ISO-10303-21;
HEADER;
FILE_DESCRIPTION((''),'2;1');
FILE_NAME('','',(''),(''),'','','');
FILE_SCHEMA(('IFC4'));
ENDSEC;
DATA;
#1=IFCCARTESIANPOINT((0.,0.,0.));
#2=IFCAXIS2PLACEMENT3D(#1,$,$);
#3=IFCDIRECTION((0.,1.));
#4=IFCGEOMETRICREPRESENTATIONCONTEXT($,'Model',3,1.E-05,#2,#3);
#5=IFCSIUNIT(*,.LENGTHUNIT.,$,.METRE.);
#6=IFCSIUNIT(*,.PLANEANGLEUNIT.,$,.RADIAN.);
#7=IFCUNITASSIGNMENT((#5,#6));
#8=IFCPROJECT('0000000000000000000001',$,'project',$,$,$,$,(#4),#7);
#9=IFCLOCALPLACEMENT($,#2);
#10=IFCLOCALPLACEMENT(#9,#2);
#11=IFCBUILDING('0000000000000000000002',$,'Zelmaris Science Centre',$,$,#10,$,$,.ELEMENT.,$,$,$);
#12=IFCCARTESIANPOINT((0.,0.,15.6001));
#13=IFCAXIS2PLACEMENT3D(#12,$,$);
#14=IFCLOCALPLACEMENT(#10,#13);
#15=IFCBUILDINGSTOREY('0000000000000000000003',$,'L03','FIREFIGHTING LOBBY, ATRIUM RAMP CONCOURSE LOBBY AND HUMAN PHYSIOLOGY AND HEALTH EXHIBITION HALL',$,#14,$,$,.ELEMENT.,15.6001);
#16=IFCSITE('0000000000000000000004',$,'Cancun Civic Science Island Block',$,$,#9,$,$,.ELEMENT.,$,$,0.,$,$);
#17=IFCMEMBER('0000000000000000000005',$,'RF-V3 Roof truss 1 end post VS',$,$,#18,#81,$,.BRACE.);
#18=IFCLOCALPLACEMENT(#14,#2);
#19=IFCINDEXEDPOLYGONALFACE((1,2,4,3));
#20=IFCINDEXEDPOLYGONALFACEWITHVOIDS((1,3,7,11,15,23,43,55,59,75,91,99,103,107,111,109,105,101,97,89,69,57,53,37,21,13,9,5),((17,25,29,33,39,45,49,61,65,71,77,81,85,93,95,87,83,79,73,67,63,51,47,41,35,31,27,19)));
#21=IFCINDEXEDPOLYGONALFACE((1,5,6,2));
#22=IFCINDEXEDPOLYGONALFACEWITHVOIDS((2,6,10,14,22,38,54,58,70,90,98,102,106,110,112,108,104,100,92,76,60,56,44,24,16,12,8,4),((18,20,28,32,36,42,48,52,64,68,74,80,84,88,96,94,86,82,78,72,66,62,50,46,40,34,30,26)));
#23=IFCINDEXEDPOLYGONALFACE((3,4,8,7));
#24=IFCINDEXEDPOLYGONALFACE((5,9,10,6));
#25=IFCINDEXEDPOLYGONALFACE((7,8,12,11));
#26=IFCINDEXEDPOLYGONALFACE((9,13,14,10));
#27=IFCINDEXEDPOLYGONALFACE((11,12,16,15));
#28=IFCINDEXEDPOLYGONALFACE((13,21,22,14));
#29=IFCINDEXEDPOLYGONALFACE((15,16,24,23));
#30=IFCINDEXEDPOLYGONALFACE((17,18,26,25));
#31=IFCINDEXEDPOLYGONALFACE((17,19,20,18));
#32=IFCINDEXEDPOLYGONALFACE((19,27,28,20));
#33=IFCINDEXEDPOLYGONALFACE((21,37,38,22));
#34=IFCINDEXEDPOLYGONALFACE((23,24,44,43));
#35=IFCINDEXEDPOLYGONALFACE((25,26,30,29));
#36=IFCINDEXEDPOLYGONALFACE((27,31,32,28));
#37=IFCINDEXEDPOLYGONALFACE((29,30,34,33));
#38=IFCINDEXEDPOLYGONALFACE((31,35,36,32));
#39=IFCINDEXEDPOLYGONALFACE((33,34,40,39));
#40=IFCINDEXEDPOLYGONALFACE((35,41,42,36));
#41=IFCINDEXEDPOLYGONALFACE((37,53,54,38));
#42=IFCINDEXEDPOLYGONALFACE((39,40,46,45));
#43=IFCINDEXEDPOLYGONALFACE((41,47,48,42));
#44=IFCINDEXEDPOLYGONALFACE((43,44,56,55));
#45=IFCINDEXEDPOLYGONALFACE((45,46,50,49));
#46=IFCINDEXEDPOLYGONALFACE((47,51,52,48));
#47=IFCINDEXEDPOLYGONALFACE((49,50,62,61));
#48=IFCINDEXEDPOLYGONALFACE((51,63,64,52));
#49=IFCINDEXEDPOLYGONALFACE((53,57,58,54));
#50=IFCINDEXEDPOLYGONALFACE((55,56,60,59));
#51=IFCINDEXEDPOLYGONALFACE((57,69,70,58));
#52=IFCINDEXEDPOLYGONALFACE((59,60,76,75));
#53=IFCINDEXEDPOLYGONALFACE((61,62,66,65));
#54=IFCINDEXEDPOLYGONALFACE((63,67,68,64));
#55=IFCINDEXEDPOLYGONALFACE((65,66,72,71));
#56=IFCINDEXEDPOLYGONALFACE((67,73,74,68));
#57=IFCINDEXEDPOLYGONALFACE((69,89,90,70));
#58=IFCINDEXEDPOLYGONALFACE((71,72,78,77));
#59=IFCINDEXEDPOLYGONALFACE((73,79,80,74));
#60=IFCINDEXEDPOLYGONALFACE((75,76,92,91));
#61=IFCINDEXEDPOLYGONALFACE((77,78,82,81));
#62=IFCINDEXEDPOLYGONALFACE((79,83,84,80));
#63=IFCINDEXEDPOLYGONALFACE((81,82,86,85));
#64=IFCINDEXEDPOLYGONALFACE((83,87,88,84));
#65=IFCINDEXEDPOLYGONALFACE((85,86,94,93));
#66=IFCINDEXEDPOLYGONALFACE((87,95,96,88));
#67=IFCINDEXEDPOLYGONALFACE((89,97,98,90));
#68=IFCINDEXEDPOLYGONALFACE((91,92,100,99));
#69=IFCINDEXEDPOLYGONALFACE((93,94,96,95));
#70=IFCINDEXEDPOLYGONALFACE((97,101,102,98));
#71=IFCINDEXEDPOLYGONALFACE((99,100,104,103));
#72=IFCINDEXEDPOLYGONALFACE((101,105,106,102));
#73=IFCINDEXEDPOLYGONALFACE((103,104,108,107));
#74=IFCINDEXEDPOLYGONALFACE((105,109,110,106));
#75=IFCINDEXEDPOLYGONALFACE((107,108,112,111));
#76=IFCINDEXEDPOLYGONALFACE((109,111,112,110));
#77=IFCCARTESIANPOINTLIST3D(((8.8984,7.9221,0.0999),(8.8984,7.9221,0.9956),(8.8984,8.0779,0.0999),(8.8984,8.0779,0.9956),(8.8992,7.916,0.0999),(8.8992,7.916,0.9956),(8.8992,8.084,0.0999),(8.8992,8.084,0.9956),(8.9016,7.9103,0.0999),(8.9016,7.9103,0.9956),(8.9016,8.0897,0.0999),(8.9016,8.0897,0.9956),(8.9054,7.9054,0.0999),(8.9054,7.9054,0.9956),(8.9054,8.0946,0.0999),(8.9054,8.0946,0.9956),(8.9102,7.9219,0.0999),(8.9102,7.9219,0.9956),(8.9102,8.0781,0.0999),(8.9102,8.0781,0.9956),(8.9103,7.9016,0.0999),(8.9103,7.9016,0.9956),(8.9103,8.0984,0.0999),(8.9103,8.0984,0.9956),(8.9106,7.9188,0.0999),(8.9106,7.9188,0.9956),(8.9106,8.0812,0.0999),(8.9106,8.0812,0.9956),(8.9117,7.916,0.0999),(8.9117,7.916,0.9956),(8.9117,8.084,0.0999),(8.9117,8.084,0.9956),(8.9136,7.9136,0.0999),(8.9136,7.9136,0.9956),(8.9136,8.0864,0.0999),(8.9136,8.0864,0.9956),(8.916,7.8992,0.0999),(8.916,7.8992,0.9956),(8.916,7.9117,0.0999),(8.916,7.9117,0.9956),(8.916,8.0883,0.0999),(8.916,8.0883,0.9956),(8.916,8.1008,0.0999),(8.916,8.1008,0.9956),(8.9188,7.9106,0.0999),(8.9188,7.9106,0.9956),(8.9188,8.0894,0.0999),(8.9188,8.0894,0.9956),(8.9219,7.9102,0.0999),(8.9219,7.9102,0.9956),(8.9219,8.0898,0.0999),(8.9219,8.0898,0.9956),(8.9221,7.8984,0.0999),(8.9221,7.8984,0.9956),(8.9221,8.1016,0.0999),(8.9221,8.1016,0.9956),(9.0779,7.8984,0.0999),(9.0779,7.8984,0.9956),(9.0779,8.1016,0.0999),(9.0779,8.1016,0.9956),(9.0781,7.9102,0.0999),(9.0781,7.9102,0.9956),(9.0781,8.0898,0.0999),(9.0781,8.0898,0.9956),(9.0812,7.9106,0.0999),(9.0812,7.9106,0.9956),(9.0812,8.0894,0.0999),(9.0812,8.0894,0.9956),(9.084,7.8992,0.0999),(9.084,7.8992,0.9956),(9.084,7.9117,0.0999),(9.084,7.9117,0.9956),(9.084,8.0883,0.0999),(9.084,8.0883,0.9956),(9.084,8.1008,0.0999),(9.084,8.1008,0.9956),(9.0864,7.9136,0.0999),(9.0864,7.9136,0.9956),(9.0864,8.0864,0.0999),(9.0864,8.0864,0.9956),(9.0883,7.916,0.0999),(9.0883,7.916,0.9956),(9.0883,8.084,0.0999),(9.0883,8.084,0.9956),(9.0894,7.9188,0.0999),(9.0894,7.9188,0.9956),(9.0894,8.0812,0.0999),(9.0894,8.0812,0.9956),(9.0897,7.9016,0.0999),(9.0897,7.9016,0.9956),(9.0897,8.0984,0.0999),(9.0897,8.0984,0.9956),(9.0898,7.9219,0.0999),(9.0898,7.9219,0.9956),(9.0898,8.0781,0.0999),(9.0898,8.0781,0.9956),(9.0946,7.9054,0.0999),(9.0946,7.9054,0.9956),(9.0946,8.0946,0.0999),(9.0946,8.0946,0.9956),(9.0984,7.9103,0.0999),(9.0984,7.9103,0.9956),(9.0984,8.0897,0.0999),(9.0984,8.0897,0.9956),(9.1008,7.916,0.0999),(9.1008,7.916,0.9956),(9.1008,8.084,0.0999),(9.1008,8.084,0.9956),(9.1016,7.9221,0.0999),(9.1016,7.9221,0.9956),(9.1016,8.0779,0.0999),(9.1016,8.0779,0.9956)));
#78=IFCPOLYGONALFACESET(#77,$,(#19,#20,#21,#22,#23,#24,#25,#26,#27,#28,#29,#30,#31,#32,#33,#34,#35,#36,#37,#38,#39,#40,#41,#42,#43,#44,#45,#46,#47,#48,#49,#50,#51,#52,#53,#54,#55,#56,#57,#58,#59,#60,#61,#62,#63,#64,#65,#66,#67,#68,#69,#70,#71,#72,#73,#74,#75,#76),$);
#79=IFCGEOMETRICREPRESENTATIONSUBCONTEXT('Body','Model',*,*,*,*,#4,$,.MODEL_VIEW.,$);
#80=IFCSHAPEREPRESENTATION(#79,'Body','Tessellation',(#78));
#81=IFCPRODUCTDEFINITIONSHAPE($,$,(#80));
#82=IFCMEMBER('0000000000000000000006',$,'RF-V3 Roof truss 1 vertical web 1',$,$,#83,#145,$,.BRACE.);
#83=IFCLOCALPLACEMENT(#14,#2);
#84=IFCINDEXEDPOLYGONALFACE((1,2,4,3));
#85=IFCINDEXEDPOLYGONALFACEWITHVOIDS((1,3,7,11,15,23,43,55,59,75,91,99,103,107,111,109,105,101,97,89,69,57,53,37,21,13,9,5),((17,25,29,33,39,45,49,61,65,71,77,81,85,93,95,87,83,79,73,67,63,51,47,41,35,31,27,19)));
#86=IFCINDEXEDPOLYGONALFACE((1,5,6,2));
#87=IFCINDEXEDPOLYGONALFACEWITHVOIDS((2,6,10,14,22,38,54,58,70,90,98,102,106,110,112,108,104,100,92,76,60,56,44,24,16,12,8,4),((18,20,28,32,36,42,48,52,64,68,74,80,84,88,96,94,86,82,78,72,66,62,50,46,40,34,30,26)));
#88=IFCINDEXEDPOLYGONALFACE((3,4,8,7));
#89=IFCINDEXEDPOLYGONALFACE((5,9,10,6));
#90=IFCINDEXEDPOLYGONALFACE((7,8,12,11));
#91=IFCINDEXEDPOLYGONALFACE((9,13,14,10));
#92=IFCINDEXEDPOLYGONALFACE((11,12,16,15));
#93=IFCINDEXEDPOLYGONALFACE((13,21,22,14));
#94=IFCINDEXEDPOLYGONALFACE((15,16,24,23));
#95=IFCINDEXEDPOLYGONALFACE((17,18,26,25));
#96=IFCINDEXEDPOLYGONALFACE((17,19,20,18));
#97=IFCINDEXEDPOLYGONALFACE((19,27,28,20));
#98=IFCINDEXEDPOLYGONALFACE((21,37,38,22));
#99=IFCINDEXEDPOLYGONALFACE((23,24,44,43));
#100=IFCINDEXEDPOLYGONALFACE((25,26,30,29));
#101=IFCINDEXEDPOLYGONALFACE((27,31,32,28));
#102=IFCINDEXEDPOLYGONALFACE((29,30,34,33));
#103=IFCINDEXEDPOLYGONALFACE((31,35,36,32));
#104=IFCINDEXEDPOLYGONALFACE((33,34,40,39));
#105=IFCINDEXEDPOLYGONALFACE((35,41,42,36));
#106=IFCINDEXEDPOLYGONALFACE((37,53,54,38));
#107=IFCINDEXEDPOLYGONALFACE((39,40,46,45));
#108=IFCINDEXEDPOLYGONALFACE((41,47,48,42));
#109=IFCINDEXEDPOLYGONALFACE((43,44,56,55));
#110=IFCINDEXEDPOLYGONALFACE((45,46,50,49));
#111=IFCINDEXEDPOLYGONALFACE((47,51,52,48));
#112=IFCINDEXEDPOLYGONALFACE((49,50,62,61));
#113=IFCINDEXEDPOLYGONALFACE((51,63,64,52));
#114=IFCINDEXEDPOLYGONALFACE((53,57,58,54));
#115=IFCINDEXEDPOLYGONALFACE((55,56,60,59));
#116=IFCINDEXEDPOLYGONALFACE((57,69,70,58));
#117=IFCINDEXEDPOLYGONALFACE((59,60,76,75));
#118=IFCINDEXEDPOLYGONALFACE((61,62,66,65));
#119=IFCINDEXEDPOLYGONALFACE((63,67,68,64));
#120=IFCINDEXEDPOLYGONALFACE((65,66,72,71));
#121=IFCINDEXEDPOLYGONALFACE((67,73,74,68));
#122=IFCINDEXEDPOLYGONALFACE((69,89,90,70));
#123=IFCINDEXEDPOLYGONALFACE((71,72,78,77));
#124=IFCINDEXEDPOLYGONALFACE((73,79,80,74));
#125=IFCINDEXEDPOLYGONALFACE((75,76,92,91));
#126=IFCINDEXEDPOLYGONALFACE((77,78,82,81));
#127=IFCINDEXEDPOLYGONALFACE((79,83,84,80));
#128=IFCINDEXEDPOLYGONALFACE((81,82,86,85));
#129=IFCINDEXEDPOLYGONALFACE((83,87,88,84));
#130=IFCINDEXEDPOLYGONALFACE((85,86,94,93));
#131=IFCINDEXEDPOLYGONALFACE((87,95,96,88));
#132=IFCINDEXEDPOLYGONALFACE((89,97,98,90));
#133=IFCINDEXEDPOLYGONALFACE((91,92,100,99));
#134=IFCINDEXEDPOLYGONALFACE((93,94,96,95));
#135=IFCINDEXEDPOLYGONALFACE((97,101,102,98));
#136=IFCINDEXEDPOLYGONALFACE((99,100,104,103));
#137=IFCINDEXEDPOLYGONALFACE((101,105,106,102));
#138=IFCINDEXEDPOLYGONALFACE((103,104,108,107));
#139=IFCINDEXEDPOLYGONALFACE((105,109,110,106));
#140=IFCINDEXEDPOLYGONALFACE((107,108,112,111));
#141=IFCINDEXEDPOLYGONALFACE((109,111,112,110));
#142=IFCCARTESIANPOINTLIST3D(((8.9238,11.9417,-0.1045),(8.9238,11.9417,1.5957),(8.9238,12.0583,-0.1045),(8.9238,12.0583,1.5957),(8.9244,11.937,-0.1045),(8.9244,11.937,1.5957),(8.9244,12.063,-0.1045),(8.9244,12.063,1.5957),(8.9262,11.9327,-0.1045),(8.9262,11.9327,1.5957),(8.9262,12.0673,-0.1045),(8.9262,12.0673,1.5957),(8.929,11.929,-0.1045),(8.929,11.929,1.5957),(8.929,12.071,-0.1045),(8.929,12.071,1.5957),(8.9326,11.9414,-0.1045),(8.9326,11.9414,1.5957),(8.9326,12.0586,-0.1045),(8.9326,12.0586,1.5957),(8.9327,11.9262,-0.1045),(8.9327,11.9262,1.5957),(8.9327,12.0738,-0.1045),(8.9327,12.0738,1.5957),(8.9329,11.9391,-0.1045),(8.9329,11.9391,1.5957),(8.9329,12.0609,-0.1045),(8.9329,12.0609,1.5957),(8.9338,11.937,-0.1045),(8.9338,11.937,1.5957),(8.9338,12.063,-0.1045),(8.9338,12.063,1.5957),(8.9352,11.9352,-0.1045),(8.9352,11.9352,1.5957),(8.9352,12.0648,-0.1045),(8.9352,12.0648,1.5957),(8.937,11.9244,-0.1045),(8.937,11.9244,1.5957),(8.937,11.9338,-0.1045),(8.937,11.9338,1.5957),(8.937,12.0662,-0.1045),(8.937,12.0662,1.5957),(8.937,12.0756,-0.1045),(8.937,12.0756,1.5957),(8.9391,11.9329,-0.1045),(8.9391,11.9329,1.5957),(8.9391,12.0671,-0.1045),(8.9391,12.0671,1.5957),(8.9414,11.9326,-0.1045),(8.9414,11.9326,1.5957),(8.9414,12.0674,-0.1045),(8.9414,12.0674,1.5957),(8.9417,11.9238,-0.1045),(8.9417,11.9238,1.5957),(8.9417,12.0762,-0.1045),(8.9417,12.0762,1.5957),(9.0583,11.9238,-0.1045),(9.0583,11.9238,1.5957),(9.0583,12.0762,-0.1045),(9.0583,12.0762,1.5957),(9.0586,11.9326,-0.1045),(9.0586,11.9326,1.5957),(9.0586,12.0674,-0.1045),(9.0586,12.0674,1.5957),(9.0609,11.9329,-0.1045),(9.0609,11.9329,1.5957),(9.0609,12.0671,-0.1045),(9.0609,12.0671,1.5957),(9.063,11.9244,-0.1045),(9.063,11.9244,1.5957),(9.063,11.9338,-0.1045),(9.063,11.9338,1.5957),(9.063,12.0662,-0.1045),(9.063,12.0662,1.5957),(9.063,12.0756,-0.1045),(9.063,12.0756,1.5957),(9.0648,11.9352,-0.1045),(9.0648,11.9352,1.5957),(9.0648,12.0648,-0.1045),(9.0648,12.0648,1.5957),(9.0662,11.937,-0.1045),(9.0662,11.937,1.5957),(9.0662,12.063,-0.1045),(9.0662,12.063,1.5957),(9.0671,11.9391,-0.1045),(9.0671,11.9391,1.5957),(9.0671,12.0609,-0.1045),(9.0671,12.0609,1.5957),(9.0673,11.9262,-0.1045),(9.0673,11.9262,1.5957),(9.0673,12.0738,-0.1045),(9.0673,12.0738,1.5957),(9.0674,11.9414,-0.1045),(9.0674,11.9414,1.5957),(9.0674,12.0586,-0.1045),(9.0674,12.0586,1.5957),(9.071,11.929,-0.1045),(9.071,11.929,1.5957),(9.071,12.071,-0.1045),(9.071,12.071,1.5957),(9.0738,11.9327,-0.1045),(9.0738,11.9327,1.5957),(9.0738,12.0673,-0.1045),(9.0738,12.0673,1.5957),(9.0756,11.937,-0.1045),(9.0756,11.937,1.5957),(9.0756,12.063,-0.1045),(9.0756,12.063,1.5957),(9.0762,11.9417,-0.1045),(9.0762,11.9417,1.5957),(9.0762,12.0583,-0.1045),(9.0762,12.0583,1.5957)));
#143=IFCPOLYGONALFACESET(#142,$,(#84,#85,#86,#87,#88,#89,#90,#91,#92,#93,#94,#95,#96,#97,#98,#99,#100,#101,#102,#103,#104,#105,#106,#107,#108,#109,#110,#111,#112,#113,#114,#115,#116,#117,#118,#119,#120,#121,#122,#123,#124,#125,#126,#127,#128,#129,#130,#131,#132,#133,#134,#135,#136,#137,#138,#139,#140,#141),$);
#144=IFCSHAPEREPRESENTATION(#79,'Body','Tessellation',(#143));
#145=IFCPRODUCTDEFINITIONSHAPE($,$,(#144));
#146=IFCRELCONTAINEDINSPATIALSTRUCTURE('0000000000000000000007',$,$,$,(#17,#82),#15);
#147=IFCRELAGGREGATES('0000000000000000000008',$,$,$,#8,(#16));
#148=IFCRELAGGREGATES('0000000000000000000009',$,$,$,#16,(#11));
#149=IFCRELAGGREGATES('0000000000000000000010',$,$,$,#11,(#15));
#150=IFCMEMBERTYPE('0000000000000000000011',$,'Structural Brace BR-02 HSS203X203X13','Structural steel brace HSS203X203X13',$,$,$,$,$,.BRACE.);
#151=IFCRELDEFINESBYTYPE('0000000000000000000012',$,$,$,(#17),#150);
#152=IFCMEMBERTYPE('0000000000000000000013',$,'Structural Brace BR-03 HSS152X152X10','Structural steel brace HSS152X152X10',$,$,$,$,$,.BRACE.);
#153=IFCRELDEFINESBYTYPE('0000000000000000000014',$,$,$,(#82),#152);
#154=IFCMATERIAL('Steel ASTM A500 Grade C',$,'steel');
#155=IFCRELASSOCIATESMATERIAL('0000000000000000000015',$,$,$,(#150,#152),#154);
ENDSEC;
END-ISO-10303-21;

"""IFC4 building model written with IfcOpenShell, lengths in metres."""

from ifc_helpers import new_model, si_unit, direction, frame, origin, origin_2d, place, context, subcontext, project, spatial, hollow_rectangle, extrude, material, material_profile, profile_set, type_object, element, save


model = new_model("IFC4")

# Units and contexts
model_context = context("Model", 3, precision=1e-05, world=origin(), true_north=direction((0.0, 1.0)))
body_context = subcontext(model_context, "Body", "Model", "MODEL_VIEW")
ifc_project = project(units=[si_unit("LENGTHUNIT", "METRE"), si_unit("PLANEANGLEUNIT", "RADIAN")], contexts=[model_context])

# Site, building, storey
site_placement = place(None, origin())
site = spatial("IfcSite", under=ifc_project, at=site_placement, Name="Cancun Civic Science Island Block", CompositionType="ELEMENT", RefElevation=0.0)
building_placement = place(site_placement, origin())
building = spatial("IfcBuilding", under=site, at=building_placement, Name="Zelmaris Science Centre", CompositionType="ELEMENT")
storey_placement = place(building_placement, frame((0.0, 0.0, 15.6001)))
storey = spatial("IfcBuildingStorey", under=building, at=storey_placement, Name="L03", Description="FIREFIGHTING LOBBY, ATRIUM RAMP CONCOURSE LOBBY AND HUMAN PHYSIOLOGY AND HEALTH EXHIBITION HALL", CompositionType="ELEMENT", Elevation=15.6001)

# Shared definitions
ifc_material_1 = material(Name="Steel ASTM A500 Grade C", Category="steel")

# Members
ifc_material_profile_1 = material_profile(ifc_material_1, hollow_rectangle(XDim=0.2031, YDim=0.2031, WallThickness=0.0117, InnerFilletRadius=0.0117, OuterFilletRadius=0.0237, at=origin_2d()), Name="HSS203X203X13")
ifc_profile_set_1 = profile_set([ifc_material_profile_1], Name="Steel ASTM A500 Grade C")
member_type_1 = type_object("IfcMemberType", Name="Structural Brace BR-02 HSS203X203X13", Description="Structural steel brace HSS203X203X13", PredefinedType="BRACE", material=ifc_profile_set_1)
member_1_placement = place(storey_placement, frame((9.0, 8.0, 0.0999), z_axis=(0.0, 0.0, 1.0), x_axis=(1.0, 0.0, 0.0)))
element("IfcMember", 1, at=member_1_placement, inside=storey, type_object=member_type_1, Name="RF-V3 Roof truss 1 end post VS", PredefinedType="BRACE", context=body_context, shape_type="SweptSolid", body=[
    extrude(hollow_rectangle(XDim=0.2031, YDim=0.2031, WallThickness=0.0117, InnerFilletRadius=0.0117, OuterFilletRadius=0.0237, at=origin_2d()), origin(), (0.0, 0.0, 1.0), 0.8958),
])
ifc_material_profile_2 = material_profile(ifc_material_1, hollow_rectangle(XDim=0.1523, YDim=0.1523, WallThickness=0.0088, InnerFilletRadius=0.0088, OuterFilletRadius=0.0178, at=origin_2d()), Name="HSS152X152X10")
ifc_profile_set_2 = profile_set([ifc_material_profile_2], Name="Steel ASTM A500 Grade C")
member_type_2 = type_object("IfcMemberType", Name="Structural Brace BR-03 HSS152X152X10", Description="Structural steel brace HSS152X152X10", PredefinedType="BRACE", material=ifc_profile_set_2)
member_2_placement = place(storey_placement, frame((9.0, 12.0, -0.1045), z_axis=(0.0, 0.0, 1.0), x_axis=(1.0, 0.0, 0.0)))
element("IfcMember", 2, at=member_2_placement, inside=storey, type_object=member_type_2, Name="RF-V3 Roof truss 1 vertical web 1", PredefinedType="BRACE", context=body_context, shape_type="SweptSolid", body=[
    extrude(hollow_rectangle(XDim=0.1523, YDim=0.1523, WallThickness=0.0088, InnerFilletRadius=0.0088, OuterFilletRadius=0.0178, at=origin_2d()), origin(), (0.0, 0.0, 1.0), 1.7002),
])

save(model, "model.ifc")
